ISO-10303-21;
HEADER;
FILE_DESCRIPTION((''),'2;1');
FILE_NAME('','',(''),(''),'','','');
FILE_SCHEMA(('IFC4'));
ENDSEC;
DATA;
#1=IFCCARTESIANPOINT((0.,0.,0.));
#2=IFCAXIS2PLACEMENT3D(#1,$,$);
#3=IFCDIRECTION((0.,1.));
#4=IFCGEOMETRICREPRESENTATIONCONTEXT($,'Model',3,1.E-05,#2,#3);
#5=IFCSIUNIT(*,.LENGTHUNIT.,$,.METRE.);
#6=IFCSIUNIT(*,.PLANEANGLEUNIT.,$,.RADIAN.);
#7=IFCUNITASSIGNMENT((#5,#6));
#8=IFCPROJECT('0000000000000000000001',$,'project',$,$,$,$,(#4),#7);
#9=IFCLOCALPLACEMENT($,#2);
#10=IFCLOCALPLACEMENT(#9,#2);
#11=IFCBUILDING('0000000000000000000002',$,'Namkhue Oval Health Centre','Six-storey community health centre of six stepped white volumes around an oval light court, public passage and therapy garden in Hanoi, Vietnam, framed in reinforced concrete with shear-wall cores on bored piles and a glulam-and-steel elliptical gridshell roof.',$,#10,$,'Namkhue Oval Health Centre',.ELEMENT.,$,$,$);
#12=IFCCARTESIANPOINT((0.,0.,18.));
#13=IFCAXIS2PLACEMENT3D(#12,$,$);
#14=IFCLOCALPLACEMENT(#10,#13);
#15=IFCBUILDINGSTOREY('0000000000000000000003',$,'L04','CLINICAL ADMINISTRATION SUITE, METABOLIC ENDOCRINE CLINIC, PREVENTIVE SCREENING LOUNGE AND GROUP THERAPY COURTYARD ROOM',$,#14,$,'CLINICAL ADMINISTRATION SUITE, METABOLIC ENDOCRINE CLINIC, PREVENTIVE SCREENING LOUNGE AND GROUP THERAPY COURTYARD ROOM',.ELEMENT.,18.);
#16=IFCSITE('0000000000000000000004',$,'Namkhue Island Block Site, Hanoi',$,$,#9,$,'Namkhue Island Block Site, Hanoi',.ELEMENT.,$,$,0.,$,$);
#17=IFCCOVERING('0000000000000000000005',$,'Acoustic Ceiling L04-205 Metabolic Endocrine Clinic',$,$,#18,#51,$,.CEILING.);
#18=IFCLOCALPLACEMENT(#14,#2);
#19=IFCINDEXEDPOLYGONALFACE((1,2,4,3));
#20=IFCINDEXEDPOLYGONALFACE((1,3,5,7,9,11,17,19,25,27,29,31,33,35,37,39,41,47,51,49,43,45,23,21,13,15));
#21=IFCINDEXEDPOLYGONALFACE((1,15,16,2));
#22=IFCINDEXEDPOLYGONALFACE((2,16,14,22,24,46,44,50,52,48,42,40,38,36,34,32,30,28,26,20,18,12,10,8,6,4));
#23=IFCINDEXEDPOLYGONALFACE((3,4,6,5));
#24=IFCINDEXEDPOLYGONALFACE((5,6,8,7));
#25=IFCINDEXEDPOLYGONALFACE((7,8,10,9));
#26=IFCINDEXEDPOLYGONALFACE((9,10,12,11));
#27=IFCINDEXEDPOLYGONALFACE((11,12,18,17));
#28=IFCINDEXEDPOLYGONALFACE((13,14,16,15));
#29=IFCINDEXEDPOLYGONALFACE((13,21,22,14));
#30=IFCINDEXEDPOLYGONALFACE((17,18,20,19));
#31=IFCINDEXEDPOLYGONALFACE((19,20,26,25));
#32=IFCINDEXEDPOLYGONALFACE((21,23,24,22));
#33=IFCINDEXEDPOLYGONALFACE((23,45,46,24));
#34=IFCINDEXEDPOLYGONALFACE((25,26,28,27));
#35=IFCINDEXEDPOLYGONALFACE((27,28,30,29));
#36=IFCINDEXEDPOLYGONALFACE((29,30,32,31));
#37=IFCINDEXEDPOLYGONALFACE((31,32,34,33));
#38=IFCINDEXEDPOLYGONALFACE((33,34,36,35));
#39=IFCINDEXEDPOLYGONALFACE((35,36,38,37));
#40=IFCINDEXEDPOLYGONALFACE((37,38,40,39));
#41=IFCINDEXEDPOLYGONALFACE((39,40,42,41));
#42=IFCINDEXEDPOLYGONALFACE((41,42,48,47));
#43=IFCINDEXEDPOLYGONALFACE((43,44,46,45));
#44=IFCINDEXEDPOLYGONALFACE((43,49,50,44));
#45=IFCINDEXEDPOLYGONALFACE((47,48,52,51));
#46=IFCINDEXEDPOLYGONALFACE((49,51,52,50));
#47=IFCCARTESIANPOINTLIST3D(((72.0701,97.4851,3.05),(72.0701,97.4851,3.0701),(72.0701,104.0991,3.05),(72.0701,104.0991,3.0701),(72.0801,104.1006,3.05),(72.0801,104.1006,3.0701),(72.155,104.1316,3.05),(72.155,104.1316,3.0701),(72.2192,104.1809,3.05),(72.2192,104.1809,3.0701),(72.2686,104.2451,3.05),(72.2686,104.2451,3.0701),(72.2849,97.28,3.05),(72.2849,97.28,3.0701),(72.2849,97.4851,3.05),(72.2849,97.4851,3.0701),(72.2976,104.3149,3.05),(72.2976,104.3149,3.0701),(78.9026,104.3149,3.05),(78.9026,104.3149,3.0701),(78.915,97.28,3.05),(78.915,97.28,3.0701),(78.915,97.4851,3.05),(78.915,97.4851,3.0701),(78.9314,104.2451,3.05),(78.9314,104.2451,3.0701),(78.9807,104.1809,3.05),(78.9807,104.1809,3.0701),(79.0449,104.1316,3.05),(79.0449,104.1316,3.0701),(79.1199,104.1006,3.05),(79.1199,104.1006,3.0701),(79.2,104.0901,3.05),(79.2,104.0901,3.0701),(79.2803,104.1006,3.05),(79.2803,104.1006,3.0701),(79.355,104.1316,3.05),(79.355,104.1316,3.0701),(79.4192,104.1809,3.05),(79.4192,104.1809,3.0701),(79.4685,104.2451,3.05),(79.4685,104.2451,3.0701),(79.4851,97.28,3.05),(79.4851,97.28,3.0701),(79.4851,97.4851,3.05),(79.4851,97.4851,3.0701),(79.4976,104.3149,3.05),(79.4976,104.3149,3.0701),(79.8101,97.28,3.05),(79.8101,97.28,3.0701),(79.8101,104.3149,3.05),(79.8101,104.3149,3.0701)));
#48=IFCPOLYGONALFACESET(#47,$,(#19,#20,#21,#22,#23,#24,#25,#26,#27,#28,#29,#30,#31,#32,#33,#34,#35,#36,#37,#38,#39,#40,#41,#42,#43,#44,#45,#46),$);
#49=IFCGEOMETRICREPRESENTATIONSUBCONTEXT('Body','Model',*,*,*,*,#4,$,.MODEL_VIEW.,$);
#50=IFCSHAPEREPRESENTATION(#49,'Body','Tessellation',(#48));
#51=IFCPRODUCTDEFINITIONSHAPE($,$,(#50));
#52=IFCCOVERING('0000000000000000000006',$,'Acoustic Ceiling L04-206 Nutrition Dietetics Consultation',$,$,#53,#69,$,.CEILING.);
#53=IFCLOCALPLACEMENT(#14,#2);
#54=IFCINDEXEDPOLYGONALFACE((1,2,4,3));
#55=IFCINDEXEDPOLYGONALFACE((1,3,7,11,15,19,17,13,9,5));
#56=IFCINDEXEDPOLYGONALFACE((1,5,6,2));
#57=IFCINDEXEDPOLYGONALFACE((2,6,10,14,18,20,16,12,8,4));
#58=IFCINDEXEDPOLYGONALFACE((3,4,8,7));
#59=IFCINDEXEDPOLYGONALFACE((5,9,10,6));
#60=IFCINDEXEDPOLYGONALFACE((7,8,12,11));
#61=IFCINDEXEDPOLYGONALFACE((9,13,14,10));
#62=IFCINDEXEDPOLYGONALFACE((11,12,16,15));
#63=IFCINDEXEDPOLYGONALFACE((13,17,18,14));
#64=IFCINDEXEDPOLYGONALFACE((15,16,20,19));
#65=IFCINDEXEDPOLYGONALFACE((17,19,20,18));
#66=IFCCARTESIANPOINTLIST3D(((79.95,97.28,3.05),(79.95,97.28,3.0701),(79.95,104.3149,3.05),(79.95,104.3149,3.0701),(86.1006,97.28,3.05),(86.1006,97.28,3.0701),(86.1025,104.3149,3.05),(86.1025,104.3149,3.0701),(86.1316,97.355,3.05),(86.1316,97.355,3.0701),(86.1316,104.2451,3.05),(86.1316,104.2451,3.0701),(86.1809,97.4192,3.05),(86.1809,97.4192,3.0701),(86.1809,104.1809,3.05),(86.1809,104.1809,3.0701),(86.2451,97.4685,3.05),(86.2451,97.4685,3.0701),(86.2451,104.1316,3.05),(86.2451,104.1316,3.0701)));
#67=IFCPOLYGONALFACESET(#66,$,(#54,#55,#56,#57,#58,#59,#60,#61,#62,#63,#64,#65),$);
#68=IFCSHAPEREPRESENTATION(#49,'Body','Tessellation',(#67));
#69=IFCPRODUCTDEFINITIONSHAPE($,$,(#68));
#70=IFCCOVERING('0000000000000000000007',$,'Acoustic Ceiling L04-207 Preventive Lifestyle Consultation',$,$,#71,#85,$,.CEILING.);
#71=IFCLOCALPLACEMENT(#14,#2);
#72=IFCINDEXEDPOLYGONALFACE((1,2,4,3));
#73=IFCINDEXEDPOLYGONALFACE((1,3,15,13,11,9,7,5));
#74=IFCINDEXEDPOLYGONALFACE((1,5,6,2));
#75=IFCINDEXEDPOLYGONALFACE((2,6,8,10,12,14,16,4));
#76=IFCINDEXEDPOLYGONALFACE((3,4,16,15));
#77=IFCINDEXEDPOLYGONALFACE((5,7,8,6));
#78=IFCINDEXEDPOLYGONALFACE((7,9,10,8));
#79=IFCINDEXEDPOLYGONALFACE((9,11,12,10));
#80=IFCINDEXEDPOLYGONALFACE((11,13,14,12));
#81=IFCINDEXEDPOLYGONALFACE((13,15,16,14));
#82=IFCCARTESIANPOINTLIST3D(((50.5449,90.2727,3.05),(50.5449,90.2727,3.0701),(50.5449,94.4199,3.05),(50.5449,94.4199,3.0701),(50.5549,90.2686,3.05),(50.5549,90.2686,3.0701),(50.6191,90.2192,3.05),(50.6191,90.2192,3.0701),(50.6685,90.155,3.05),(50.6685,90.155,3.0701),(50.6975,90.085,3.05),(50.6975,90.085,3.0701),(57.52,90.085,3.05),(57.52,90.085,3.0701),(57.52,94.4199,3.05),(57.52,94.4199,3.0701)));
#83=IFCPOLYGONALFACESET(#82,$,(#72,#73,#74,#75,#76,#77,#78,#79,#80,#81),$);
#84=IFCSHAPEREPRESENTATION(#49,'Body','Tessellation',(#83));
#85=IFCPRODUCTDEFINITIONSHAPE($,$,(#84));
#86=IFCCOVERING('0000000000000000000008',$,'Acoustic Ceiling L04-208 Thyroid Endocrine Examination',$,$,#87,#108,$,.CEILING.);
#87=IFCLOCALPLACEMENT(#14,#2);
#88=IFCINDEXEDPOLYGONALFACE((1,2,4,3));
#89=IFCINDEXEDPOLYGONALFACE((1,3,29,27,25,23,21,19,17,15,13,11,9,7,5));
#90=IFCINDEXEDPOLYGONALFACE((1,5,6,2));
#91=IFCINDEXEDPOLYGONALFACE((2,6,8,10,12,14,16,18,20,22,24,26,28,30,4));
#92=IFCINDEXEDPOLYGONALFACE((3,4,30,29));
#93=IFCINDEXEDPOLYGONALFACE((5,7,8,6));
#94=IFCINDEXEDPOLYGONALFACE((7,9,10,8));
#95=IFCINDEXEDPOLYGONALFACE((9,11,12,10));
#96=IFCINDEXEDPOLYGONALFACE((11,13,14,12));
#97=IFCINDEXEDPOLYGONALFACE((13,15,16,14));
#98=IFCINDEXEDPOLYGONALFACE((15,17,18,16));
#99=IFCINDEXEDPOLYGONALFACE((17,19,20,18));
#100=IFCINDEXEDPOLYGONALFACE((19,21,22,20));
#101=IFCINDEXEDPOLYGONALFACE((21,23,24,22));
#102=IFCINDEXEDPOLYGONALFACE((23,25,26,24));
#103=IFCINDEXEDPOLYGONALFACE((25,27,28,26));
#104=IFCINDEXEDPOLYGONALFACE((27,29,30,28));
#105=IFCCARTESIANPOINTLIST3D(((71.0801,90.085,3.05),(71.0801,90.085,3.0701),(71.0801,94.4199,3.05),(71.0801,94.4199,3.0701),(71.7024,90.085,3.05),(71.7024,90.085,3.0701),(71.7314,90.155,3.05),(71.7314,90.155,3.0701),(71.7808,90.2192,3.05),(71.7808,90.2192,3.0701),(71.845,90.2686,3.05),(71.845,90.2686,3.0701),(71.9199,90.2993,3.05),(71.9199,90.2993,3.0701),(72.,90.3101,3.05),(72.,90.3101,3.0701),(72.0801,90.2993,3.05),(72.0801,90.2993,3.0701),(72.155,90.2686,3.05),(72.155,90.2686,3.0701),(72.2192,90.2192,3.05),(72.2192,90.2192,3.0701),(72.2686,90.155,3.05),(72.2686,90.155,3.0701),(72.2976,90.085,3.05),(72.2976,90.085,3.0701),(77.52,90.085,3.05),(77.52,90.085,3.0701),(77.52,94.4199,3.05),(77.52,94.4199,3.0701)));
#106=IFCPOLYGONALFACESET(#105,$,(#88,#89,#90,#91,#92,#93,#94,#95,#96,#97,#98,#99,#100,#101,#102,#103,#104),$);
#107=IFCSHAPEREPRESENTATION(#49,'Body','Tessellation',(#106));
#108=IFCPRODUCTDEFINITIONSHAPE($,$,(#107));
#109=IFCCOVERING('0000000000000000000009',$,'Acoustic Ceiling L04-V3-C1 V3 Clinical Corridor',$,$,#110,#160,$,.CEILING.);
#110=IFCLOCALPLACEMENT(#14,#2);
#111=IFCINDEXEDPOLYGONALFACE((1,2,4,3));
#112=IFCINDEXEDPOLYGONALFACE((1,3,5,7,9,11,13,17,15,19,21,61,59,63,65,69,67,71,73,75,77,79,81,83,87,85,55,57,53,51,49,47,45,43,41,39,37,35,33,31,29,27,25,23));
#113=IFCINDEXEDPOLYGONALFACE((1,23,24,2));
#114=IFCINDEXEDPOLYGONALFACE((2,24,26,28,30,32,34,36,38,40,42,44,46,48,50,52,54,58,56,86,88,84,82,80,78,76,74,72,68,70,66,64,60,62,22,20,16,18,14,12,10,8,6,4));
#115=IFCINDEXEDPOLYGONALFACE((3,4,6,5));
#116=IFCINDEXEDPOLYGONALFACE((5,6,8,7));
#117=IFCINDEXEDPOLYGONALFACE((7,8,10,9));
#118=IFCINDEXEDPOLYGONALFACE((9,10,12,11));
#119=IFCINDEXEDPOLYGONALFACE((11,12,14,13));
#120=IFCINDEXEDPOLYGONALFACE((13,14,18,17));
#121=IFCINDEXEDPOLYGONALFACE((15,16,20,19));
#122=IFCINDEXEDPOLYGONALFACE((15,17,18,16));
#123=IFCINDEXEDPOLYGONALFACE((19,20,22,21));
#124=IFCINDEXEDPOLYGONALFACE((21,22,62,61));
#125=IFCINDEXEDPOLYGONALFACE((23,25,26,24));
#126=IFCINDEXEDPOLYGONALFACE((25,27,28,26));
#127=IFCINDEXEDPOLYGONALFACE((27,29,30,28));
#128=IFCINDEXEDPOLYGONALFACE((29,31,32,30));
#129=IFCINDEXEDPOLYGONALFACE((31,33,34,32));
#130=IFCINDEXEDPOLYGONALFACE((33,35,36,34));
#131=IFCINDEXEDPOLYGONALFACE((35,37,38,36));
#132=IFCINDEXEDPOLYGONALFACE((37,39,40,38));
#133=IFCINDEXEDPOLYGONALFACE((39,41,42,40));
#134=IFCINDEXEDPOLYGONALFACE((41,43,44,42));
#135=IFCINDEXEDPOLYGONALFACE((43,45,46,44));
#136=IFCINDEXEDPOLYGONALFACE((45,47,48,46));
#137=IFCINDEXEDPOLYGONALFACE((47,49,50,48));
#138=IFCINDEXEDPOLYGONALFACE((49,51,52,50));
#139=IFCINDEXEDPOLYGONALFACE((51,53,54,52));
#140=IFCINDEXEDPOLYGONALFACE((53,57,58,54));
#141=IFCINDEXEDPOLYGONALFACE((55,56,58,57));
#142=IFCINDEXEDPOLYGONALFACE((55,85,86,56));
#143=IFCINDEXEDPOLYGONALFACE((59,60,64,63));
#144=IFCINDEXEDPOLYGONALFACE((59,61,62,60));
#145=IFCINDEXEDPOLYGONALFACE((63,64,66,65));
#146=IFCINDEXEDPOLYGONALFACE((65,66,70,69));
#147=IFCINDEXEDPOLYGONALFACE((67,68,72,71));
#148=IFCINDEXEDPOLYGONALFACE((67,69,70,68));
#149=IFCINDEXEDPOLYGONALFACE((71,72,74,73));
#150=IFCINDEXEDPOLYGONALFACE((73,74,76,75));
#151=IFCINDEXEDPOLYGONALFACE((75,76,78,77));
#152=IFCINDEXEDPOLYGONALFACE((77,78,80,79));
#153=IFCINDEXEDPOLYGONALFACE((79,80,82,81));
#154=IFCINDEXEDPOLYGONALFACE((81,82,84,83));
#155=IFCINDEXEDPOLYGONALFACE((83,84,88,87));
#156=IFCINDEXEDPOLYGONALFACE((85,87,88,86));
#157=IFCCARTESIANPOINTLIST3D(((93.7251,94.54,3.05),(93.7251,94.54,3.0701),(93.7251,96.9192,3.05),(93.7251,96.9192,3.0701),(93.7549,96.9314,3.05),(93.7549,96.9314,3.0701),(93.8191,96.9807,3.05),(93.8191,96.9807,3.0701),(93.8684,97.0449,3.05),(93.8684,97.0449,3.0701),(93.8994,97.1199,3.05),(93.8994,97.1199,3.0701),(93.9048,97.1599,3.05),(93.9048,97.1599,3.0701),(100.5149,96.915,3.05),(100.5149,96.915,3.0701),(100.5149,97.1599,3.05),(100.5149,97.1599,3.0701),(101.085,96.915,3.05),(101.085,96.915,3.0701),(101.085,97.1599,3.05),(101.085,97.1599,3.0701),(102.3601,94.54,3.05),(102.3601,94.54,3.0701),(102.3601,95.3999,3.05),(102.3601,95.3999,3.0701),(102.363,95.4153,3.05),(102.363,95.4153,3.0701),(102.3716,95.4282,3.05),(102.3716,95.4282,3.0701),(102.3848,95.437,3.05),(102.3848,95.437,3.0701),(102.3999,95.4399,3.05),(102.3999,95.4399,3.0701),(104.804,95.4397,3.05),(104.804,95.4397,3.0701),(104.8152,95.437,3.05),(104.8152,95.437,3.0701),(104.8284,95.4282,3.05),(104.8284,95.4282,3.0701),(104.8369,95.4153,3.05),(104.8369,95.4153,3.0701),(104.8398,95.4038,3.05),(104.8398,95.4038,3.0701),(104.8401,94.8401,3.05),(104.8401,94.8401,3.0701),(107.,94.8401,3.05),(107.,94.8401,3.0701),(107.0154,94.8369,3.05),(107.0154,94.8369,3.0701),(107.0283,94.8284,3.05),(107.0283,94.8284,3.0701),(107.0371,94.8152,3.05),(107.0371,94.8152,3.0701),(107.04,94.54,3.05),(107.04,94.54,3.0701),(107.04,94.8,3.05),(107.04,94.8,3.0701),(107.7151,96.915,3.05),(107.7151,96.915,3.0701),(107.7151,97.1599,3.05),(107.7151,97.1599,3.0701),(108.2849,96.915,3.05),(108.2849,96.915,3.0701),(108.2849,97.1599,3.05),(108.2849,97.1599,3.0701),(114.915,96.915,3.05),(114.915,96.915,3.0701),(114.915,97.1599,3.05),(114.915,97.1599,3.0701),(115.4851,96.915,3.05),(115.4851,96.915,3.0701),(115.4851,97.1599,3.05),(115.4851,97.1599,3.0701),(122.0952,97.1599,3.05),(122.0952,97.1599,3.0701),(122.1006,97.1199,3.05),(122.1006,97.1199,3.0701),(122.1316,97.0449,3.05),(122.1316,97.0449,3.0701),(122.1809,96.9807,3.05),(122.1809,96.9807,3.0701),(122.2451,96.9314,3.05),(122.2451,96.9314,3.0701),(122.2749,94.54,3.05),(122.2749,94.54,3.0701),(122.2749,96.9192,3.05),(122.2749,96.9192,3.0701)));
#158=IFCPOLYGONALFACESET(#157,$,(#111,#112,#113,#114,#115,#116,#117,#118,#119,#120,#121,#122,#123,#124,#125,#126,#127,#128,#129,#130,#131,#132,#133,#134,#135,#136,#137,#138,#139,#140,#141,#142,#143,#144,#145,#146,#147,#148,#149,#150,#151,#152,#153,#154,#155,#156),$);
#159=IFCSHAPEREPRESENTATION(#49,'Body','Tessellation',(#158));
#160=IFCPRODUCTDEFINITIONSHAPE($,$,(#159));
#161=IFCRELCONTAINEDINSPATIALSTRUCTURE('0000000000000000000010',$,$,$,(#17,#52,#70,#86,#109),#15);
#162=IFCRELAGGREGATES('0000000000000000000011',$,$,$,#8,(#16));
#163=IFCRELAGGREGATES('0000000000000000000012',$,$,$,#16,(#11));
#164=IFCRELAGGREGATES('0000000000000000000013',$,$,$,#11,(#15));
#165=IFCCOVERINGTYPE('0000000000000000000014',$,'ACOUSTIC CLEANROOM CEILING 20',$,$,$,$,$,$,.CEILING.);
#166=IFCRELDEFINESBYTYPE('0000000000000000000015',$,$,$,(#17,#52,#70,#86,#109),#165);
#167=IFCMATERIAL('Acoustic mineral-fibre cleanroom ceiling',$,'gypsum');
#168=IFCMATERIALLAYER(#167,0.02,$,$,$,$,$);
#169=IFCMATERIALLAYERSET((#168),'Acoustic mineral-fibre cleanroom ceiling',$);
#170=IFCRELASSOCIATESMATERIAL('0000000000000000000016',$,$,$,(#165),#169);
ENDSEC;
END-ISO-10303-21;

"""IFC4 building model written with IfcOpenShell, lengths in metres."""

from ifc_helpers import new_model, si_unit, direction, frame, origin, place, context, subcontext, project, spatial, polyline, outline, extrude, material, layer, layer_set, type_object, element, save


model = new_model("IFC4")

# Units and contexts
model_context = context("Model", 3, precision=1e-05, world=origin(), true_north=direction((0.0, 1.0)))
body_context = subcontext(model_context, "Body", "Model", "MODEL_VIEW")
ifc_project = project(units=[si_unit("LENGTHUNIT", "METRE"), si_unit("PLANEANGLEUNIT", "RADIAN")], contexts=[model_context])

# Site, building, storey
site_placement = place(None, origin())
site = spatial("IfcSite", under=ifc_project, at=site_placement, Name="Namkhue Island Block Site, Hanoi", LongName="Namkhue Island Block Site, Hanoi", CompositionType="ELEMENT", RefElevation=0.0)
building_placement = place(site_placement, origin())
building = spatial("IfcBuilding", under=site, at=building_placement, Name="Namkhue Oval Health Centre", Description="Six-storey community health centre of six stepped white volumes around an oval light court, public passage and therapy garden in Hanoi, Vietnam, framed in reinforced concrete with shear-wall cores on bored piles and a glulam-and-steel elliptical gridshell roof.", LongName="Namkhue Oval Health Centre", CompositionType="ELEMENT")
storey_placement = place(building_placement, frame((0.0, 0.0, 18.0)))
storey = spatial("IfcBuildingStorey", under=building, at=storey_placement, Name="L04", Description="CLINICAL ADMINISTRATION SUITE, METABOLIC ENDOCRINE CLINIC, PREVENTIVE SCREENING LOUNGE AND GROUP THERAPY COURTYARD ROOM", LongName="CLINICAL ADMINISTRATION SUITE, METABOLIC ENDOCRINE CLINIC, PREVENTIVE SCREENING LOUNGE AND GROUP THERAPY COURTYARD ROOM", CompositionType="ELEMENT", Elevation=18.0)

# Coverings
ifc_material_1 = material(Name="Acoustic mineral-fibre cleanroom ceiling", Category="gypsum")
ifc_layer_1 = layer(ifc_material_1, 0.02)
ifc_layer_set_1 = layer_set([ifc_layer_1], Name="Acoustic mineral-fibre cleanroom ceiling")
covering_type_1 = type_object("IfcCoveringType", Name="ACOUSTIC CLEANROOM CEILING 20", PredefinedType="CEILING", material=ifc_layer_set_1)
covering_1_placement = place(storey_placement, frame((0.0, 0.0, 3.05)))
element("IfcCovering", 1, at=covering_1_placement, inside=storey, type_object=covering_type_1, Name="Acoustic Ceiling L04-205 Metabolic Endocrine Clinic", PredefinedType="CEILING", context=body_context, shape_type="SweptSolid", body=[
    extrude(outline(polyline([(79.4851, 97.28), (79.4851, 97.4851), (78.915, 97.4851), (78.915, 97.28), (72.2849, 97.28), (72.2849, 97.4851), (72.0701, 97.4851), (72.0701, 104.0991), (72.0801, 104.1006), (72.155, 104.1316), (72.2192, 104.1809), (72.2686, 104.2451), (72.2976, 104.3149), (78.9026, 104.3149), (78.9314, 104.2451), (78.9807, 104.1809), (79.0449, 104.1316), (79.1199, 104.1006), (79.2, 104.0901), (79.2803, 104.1006), (79.355, 104.1316), (79.4192, 104.1809), (79.4685, 104.2451), (79.4976, 104.3149), (79.8101, 104.3149), (79.8101, 97.28), (79.4851, 97.28)])), origin(), (0.0, 0.0, 1.0), 0.02),
])
covering_2_placement = place(storey_placement, frame((0.0, 0.0, 3.05)))
element("IfcCovering", 2, at=covering_2_placement, inside=storey, type_object=covering_type_1, Name="Acoustic Ceiling L04-206 Nutrition Dietetics Consultation", PredefinedType="CEILING", context=body_context, shape_type="SweptSolid", body=[
    extrude(outline(polyline([(79.95, 97.28), (79.95, 104.3149), (86.1025, 104.3149), (86.1316, 104.2451), (86.1809, 104.1809), (86.2451, 104.1316), (86.2451, 97.4685), (86.1809, 97.4192), (86.1316, 97.355), (86.1006, 97.28), (79.95, 97.28)])), origin(), (0.0, 0.0, 1.0), 0.02),
])
covering_3_placement = place(storey_placement, frame((0.0, 0.0, 3.05)))
element("IfcCovering", 3, at=covering_3_placement, inside=storey, type_object=covering_type_1, Name="Acoustic Ceiling L04-207 Preventive Lifestyle Consultation", PredefinedType="CEILING", context=body_context, shape_type="SweptSolid", body=[
    extrude(outline(polyline([(50.6975, 90.085), (50.6685, 90.155), (50.6191, 90.2192), (50.5549, 90.2686), (50.5449, 90.2727), (50.5449, 94.4199), (57.52, 94.4199), (57.52, 90.085), (50.6975, 90.085)])), origin(), (0.0, 0.0, 1.0), 0.02),
])
covering_4_placement = place(storey_placement, frame((0.0, 0.0, 3.05)))
element("IfcCovering", 4, at=covering_4_placement, inside=storey, type_object=covering_type_1, Name="Acoustic Ceiling L04-208 Thyroid Endocrine Examination", PredefinedType="CEILING", context=body_context, shape_type="SweptSolid", body=[
    extrude(outline(polyline([(72.2976, 90.085), (72.2686, 90.155), (72.2192, 90.2192), (72.155, 90.2686), (72.0801, 90.2993), (72.0, 90.3101), (71.9199, 90.2993), (71.845, 90.2686), (71.7808, 90.2192), (71.7314, 90.155), (71.7024, 90.085), (71.0801, 90.085), (71.0801, 94.4199), (77.52, 94.4199), (77.52, 90.085), (72.2976, 90.085)])), origin(), (0.0, 0.0, 1.0), 0.02),
])
covering_5_placement = place(storey_placement, frame((0.0, 0.0, 3.05)))
element("IfcCovering", 5, at=covering_5_placement, inside=storey, type_object=covering_type_1, Name="Acoustic Ceiling L04-V3-C1 V3 Clinical Corridor", PredefinedType="CEILING", context=body_context, shape_type="SweptSolid", body=[
    extrude(outline(polyline([(107.04, 94.8), (107.0371, 94.8152), (107.0283, 94.8284), (107.0154, 94.8369), (107.0, 94.8401), (104.8401, 94.8401), (104.8398, 95.4038), (104.8369, 95.4153), (104.8284, 95.4282), (104.8152, 95.437), (104.804, 95.4397), (102.3999, 95.4399), (102.3848, 95.437), (102.3716, 95.4282), (102.363, 95.4153), (102.3601, 95.3999), (102.3601, 94.54), (93.7251, 94.54), (93.7251, 96.9192), (93.7549, 96.9314), (93.8191, 96.9807), (93.8684, 97.0449), (93.8994, 97.1199), (93.9048, 97.1599), (100.5149, 97.1599), (100.5149, 96.915), (101.085, 96.915), (101.085, 97.1599), (107.7151, 97.1599), (107.7151, 96.915), (108.2849, 96.915), (108.2849, 97.1599), (114.915, 97.1599), (114.915, 96.915), (115.4851, 96.915), (115.4851, 97.1599), (122.0952, 97.1599), (122.1006, 97.1199), (122.1316, 97.0449), (122.1809, 96.9807), (122.2451, 96.9314), (122.2749, 96.9192), (122.2749, 94.54), (107.04, 94.54), (107.04, 94.8)])), origin(), (0.0, 0.0, 1.0), 0.02),
])

save(model, "model.ifc")
